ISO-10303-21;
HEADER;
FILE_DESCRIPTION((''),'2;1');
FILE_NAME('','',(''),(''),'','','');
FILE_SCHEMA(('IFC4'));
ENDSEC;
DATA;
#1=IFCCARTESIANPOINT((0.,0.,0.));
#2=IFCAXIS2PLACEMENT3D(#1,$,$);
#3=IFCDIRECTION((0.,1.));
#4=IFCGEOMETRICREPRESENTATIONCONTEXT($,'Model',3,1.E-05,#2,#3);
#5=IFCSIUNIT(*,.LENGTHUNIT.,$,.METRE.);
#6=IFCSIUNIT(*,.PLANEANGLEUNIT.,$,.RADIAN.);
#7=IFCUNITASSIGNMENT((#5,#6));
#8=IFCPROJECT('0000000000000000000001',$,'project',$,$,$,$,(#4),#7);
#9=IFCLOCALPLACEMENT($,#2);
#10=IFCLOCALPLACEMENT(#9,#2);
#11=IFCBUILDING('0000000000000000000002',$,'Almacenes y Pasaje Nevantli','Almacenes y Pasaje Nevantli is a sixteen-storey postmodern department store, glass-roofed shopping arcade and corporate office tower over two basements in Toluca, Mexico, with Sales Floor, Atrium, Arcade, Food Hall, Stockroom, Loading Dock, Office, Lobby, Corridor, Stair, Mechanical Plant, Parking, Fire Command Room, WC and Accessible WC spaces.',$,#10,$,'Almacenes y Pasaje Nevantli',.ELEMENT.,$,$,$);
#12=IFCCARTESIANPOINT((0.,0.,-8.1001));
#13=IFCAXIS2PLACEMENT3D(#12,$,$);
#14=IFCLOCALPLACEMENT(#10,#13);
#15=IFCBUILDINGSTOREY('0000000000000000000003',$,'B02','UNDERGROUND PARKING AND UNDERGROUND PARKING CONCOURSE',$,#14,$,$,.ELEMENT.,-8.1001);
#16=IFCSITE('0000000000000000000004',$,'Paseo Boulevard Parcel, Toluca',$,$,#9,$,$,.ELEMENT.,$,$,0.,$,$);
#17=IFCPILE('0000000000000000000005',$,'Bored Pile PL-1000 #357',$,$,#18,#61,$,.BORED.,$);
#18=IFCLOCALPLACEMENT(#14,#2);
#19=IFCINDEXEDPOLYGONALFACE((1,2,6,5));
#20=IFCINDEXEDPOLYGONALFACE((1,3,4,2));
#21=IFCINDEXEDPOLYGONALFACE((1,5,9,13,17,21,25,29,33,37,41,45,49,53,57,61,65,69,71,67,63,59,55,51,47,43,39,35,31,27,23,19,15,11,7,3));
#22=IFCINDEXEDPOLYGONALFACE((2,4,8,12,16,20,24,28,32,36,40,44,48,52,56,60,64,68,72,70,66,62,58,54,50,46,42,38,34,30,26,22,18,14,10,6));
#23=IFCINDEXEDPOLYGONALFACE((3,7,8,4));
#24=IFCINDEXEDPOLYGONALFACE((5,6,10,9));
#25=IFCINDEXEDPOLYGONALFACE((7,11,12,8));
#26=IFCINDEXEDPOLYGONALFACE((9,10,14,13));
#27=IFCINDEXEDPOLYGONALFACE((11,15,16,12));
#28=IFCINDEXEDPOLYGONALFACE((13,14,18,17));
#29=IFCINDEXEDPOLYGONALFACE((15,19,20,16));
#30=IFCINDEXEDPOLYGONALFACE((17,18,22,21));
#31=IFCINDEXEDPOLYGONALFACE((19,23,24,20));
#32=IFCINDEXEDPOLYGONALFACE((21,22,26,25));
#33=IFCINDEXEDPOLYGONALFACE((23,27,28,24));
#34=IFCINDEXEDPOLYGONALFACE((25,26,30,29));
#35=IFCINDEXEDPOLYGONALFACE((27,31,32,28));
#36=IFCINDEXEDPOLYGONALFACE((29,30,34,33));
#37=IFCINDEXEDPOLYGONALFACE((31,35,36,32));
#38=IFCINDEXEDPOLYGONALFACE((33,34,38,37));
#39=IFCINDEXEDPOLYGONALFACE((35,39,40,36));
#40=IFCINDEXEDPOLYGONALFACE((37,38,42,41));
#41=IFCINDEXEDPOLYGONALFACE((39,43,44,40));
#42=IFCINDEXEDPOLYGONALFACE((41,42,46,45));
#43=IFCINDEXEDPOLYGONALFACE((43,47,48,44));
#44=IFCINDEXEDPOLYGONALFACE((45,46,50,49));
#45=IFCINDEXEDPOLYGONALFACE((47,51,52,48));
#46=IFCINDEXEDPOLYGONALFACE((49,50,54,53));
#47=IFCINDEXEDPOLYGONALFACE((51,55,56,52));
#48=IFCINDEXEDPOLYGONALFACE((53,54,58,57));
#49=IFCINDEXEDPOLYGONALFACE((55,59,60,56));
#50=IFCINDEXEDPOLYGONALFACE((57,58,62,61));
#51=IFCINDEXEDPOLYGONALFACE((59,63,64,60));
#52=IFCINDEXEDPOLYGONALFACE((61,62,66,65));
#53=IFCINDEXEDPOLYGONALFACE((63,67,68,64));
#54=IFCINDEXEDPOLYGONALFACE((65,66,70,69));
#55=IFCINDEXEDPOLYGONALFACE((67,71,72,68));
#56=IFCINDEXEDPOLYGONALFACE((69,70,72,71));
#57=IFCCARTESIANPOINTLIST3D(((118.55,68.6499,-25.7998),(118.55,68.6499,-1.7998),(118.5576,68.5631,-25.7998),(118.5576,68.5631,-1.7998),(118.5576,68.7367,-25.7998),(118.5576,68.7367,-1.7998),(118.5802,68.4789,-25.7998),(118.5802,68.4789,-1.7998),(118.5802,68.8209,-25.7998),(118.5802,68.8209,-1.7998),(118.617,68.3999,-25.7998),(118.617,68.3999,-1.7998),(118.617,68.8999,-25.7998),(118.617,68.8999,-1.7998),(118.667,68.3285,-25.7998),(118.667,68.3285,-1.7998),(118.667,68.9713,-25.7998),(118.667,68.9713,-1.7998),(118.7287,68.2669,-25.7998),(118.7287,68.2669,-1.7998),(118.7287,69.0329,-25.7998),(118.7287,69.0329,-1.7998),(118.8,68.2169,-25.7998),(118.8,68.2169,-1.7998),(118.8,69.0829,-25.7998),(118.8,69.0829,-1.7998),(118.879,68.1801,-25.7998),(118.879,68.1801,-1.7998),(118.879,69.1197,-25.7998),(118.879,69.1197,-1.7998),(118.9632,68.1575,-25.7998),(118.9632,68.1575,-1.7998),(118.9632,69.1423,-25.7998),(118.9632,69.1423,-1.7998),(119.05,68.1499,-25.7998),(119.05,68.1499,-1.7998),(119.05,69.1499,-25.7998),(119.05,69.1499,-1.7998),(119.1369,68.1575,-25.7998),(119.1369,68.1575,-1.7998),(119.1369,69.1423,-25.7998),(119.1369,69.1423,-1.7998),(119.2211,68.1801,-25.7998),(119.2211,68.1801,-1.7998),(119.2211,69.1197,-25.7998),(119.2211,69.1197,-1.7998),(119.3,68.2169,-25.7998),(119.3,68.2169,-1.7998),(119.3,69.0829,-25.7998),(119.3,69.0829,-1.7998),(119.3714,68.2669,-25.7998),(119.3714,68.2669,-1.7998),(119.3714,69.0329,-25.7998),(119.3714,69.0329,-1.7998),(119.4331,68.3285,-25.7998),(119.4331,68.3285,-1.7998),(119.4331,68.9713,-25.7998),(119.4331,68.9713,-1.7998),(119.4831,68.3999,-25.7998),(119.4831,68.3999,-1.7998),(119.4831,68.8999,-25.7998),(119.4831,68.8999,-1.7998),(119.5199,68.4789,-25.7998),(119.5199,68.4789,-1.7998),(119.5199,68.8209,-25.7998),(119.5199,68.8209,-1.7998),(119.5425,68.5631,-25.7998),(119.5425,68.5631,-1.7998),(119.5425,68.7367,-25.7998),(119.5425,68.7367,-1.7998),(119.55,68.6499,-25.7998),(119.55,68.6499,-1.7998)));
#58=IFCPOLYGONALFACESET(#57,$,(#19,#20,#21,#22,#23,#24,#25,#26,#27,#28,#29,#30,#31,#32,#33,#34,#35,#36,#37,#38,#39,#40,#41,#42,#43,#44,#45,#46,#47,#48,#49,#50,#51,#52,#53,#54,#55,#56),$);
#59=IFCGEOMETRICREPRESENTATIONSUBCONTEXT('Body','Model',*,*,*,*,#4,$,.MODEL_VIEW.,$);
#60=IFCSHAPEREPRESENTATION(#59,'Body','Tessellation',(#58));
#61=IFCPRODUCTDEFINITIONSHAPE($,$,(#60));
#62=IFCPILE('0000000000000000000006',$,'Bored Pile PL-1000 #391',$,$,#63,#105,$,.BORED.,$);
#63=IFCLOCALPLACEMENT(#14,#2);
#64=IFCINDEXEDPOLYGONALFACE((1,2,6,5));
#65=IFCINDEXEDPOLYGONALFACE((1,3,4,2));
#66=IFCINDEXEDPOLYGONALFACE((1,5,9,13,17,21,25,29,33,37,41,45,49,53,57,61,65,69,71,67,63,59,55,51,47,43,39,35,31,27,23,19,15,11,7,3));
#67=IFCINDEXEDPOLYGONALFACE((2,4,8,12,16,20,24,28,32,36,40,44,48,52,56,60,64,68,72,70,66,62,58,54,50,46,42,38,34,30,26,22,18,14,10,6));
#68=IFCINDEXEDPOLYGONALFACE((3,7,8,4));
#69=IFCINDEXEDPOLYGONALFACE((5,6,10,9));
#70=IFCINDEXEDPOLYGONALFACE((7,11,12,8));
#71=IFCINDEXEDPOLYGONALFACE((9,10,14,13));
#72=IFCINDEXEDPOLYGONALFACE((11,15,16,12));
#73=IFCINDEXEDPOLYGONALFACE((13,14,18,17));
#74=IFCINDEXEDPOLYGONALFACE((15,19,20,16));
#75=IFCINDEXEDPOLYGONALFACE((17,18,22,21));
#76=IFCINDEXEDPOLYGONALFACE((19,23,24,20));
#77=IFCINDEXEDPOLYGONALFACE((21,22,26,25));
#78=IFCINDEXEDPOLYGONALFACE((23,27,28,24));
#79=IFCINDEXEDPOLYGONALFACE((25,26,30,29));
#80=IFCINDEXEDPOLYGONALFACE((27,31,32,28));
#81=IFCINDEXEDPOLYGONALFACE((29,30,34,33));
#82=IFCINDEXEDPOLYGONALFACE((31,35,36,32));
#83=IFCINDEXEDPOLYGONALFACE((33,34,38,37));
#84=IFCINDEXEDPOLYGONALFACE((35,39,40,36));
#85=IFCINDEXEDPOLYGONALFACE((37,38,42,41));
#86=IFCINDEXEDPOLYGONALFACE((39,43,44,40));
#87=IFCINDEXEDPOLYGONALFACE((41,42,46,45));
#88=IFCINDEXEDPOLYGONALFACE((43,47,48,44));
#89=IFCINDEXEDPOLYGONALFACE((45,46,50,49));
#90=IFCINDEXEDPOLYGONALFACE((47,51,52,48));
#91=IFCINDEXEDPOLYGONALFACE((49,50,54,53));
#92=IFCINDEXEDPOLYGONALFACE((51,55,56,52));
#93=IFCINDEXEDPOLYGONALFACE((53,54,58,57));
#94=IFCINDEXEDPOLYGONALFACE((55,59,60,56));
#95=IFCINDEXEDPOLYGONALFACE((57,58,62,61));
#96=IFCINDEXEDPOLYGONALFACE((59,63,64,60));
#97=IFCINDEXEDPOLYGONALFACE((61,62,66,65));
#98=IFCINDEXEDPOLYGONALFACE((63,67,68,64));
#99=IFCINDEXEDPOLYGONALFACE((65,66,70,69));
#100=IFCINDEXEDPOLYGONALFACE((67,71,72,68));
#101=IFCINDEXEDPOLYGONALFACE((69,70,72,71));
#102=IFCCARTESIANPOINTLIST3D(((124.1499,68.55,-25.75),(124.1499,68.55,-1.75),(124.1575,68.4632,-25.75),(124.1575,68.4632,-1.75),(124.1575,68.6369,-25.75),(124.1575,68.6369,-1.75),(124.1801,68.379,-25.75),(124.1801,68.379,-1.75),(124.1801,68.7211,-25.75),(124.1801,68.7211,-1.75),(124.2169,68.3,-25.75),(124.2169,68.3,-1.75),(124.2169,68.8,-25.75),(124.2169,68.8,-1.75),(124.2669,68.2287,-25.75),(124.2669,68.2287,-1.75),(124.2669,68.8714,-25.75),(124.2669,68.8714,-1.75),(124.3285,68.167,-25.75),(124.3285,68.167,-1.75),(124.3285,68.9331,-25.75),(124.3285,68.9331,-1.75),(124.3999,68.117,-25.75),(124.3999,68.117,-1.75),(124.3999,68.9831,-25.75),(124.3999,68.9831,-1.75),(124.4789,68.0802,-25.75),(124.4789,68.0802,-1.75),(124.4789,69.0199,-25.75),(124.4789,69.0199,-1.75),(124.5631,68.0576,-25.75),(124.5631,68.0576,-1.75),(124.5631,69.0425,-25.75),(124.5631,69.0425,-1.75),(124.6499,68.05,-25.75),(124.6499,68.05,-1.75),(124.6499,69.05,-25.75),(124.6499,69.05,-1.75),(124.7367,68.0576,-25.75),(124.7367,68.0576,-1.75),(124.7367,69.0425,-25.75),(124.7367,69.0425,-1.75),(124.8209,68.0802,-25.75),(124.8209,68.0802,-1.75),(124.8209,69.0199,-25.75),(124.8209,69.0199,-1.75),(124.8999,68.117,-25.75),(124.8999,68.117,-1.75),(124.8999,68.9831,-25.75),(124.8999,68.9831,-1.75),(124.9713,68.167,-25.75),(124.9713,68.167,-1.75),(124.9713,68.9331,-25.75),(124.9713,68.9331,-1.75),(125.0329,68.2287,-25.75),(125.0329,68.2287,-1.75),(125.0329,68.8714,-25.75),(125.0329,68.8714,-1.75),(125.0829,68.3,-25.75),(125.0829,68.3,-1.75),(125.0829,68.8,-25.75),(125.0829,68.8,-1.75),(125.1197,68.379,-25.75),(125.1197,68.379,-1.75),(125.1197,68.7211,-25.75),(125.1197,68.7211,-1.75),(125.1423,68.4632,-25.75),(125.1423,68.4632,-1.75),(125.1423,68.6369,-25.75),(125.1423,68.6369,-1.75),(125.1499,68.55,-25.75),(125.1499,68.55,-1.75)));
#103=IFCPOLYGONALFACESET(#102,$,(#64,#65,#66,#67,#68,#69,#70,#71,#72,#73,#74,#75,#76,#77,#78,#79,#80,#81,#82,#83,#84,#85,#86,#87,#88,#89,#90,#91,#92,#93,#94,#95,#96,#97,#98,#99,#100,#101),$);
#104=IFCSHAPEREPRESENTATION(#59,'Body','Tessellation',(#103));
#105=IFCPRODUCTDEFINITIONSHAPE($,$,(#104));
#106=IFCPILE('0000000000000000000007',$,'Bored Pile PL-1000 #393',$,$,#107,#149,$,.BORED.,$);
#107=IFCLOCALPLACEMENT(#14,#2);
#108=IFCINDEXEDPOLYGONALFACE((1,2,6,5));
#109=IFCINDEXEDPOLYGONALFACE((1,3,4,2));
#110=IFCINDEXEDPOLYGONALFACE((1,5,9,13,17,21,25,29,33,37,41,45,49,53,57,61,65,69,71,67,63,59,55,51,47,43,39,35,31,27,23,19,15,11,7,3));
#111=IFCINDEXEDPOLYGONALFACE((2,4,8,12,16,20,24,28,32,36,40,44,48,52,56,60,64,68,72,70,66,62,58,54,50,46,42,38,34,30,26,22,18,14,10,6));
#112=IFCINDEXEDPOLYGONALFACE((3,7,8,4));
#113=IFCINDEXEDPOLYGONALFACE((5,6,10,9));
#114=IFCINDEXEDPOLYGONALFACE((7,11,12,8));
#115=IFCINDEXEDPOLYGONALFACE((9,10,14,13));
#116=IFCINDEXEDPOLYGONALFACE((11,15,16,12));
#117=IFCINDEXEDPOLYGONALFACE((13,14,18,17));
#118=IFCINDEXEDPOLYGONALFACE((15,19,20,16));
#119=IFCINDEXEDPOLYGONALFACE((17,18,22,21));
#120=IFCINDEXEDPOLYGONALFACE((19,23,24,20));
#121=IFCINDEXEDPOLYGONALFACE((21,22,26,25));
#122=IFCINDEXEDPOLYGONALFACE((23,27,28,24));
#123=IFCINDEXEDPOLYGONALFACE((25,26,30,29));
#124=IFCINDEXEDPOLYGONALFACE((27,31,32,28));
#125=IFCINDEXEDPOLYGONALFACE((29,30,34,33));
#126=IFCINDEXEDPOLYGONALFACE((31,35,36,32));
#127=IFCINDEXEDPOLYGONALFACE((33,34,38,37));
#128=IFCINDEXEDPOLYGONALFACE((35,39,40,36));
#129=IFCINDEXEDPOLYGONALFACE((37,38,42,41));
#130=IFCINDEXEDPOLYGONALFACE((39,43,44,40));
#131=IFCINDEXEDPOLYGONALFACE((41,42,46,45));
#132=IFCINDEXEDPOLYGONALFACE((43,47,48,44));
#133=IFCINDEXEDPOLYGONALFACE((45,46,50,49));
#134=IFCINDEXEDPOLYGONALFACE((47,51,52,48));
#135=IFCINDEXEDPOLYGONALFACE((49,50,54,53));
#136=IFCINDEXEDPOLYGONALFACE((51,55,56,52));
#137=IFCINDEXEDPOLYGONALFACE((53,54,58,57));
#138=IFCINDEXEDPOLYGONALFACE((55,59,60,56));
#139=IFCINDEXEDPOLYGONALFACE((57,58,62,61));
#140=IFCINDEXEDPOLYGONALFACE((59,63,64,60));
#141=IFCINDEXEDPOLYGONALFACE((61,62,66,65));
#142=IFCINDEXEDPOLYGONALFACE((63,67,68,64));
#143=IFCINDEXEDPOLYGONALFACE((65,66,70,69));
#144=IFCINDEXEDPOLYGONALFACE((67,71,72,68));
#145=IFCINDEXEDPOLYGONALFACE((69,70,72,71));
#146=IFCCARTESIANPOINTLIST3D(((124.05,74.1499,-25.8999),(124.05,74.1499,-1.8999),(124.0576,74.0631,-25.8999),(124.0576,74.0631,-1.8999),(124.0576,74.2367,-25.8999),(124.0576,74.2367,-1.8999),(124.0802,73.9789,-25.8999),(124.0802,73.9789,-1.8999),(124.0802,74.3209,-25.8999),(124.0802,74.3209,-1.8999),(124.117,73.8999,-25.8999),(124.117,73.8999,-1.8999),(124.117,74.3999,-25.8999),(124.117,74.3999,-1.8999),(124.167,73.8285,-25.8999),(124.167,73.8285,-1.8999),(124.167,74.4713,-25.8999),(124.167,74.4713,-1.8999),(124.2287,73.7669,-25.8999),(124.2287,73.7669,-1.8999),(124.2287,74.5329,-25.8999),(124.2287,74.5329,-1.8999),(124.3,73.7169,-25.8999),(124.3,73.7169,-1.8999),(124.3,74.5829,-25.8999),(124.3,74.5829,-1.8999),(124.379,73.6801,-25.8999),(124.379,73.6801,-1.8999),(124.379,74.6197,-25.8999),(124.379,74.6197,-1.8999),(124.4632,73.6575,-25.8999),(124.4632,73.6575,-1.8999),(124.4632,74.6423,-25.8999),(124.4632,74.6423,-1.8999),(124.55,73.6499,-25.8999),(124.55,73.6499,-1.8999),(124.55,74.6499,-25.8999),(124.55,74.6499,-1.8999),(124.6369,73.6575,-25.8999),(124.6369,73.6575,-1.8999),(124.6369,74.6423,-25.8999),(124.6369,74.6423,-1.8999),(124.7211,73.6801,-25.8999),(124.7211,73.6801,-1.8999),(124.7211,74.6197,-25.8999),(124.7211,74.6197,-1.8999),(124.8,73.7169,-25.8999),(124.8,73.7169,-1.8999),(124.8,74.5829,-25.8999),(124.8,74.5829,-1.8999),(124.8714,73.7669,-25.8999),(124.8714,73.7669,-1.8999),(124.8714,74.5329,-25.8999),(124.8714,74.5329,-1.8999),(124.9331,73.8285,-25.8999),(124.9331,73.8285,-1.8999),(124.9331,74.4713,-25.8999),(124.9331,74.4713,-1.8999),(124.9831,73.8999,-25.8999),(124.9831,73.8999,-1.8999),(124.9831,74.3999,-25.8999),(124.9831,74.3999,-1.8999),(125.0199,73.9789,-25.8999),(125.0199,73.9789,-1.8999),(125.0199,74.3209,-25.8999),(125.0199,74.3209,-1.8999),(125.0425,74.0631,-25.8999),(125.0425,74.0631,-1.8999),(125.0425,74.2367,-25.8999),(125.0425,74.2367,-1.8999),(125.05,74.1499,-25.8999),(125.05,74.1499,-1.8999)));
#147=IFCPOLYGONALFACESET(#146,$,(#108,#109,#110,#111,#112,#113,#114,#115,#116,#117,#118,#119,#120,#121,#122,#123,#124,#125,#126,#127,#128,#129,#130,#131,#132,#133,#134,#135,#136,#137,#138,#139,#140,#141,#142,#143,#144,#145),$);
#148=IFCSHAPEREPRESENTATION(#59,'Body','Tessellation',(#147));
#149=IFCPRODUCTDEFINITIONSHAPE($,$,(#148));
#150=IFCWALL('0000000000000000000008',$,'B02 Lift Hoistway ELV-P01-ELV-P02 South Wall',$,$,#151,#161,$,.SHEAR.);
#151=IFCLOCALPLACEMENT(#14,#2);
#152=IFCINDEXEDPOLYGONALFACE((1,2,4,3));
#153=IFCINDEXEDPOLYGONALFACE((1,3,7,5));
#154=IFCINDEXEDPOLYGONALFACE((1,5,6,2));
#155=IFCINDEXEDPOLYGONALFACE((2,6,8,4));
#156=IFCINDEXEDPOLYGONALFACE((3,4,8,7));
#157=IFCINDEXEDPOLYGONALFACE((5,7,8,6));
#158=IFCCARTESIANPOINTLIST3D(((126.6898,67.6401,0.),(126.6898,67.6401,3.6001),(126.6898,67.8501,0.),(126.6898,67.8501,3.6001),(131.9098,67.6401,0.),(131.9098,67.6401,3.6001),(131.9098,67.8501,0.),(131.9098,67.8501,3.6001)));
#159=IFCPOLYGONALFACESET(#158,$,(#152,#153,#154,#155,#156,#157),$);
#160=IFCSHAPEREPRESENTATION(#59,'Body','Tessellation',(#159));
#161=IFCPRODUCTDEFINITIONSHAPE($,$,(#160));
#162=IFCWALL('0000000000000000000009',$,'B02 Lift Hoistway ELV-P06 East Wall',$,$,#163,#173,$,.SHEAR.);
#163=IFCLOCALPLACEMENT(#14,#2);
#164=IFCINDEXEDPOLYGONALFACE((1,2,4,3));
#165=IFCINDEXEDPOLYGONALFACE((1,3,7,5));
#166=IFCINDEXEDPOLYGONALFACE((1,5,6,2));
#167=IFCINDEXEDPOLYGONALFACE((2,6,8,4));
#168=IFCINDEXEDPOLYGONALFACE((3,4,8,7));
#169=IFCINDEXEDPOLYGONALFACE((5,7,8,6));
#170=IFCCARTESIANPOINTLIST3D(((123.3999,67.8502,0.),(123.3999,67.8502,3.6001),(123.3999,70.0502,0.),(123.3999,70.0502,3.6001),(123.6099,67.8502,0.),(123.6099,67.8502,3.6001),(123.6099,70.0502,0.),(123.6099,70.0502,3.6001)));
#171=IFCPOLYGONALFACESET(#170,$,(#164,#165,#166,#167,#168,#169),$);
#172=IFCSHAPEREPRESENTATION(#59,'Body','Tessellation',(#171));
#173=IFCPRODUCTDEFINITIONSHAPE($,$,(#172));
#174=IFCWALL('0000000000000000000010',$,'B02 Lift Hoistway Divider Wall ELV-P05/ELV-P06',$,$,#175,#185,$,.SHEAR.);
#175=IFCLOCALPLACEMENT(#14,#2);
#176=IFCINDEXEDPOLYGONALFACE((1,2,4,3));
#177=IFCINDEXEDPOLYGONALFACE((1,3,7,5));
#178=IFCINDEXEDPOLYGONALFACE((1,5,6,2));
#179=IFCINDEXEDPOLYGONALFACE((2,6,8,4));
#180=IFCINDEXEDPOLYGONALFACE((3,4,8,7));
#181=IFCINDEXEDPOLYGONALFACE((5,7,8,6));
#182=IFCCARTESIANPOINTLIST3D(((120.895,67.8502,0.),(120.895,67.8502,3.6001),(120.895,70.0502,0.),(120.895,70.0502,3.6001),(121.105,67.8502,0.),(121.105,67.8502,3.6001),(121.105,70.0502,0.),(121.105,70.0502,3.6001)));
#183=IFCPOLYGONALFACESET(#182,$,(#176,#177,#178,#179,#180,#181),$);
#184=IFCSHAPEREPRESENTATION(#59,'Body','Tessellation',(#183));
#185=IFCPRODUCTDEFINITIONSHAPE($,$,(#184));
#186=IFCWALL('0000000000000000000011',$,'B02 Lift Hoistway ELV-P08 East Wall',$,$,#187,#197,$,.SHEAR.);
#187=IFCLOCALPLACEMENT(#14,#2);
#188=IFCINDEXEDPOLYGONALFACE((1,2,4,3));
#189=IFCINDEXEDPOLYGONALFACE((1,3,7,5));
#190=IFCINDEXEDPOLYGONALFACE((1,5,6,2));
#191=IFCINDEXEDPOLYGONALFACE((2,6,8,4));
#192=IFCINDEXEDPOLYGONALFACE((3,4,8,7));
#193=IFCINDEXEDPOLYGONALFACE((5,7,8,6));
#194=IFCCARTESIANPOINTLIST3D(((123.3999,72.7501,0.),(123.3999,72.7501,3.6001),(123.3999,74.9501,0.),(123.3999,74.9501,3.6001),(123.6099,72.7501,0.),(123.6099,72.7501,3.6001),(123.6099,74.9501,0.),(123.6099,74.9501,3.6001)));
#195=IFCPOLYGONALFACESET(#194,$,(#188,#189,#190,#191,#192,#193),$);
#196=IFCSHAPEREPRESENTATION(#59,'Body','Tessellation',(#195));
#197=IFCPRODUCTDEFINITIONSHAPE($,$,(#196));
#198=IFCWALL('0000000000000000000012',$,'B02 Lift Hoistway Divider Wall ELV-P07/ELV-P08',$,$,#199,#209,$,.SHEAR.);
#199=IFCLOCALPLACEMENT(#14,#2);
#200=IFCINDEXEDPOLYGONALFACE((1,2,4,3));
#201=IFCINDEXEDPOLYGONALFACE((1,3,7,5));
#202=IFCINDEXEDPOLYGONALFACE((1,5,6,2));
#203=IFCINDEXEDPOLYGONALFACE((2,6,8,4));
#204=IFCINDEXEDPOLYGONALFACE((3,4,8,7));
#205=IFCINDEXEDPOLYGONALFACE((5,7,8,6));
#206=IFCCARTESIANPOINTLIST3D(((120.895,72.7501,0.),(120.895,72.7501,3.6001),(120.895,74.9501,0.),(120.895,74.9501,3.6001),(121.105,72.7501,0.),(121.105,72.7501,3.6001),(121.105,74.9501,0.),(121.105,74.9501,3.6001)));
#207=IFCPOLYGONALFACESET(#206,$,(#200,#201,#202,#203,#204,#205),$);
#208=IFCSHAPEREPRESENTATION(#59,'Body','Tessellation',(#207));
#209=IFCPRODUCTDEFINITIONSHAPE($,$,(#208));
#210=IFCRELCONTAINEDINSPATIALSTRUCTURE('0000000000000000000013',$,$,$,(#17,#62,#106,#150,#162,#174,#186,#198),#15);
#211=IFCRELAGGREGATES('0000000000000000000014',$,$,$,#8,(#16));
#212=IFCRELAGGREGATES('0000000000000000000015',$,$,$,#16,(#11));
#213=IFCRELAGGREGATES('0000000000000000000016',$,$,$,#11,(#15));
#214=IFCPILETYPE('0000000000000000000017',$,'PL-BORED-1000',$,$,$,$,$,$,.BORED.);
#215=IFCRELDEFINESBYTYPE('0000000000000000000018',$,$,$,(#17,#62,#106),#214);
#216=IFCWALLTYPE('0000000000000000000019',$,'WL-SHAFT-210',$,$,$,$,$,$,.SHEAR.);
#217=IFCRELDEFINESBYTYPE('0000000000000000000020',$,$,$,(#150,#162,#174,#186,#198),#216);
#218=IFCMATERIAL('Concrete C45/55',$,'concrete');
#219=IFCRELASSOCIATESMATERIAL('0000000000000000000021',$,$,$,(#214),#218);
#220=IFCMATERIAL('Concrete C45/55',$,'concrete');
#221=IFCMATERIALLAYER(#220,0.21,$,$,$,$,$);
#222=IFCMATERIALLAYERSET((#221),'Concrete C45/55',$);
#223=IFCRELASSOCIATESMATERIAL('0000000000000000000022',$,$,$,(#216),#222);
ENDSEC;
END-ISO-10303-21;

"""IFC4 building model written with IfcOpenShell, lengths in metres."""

from ifc_helpers import new_model, si_unit, direction, frame, frame_2d, origin, origin_2d, place, context, subcontext, project, spatial, rectangle, circle, extrude, material, layer, layer_set, material_profile, profile_set, type_object, element, save


model = new_model("IFC4")

# Units and contexts
model_context = context("Model", 3, precision=1e-05, world=origin(), true_north=direction((0.0, 1.0)))
body_context = subcontext(model_context, "Body", "Model", "MODEL_VIEW")
ifc_project = project(units=[si_unit("LENGTHUNIT", "METRE"), si_unit("PLANEANGLEUNIT", "RADIAN")], contexts=[model_context])

# Site, building, storey
site_placement = place(None, origin())
site = spatial("IfcSite", under=ifc_project, at=site_placement, Name="Paseo Boulevard Parcel, Toluca", CompositionType="ELEMENT", RefElevation=0.0)
building_placement = place(site_placement, origin())
building = spatial("IfcBuilding", under=site, at=building_placement, Name="Almacenes y Pasaje Nevantli", Description="Almacenes y Pasaje Nevantli is a sixteen-storey postmodern department store, glass-roofed shopping arcade and corporate office tower over two basements in Toluca, Mexico, with Sales Floor, Atrium, Arcade, Food Hall, Stockroom, Loading Dock, Office, Lobby, Corridor, Stair, Mechanical Plant, Parking, Fire Command Room, WC and Accessible WC spaces.", LongName="Almacenes y Pasaje Nevantli", CompositionType="ELEMENT")
storey_placement = place(building_placement, frame((0.0, 0.0, -8.1001)))
storey = spatial("IfcBuildingStorey", under=building, at=storey_placement, Name="B02", Description="UNDERGROUND PARKING AND UNDERGROUND PARKING CONCOURSE", CompositionType="ELEMENT", Elevation=-8.1001)

# Piles
ifc_material_1 = material(Name="Concrete C45/55", Category="concrete")
ifc_material_profile = material_profile(ifc_material_1, circle(Radius=0.5, at=origin_2d()), Name="RC-PILE-D1000")
ifc_profile_set = profile_set([ifc_material_profile], Name="Concrete C45/55")
pile_type = type_object("IfcPileType", Name="PL-BORED-1000", PredefinedType="BORED", material=ifc_profile_set)
for number, where, z_axis, x_axis, name in (
    (1, (119.05, 68.6499, -1.7998), (0.0, 0.0, -1.0), (1.0, 0.0, 0.0), "Bored Pile PL-1000 #357"),
    (2, (124.6499, 68.55, -1.75), (0.0, 0.0, -1.0), (1.0, 0.0, 0.0), "Bored Pile PL-1000 #391"),
    (3, (124.55, 74.1499, -1.8999), (0.0, 0.0, -1.0), (1.0, 0.0, 0.0), "Bored Pile PL-1000 #393"),
):
    element("IfcPile", number, at=place(storey_placement, frame(where, z_axis=z_axis, x_axis=x_axis)), inside=storey, type_object=pile_type, Name=name, PredefinedType="BORED", context=body_context, shape_type="SweptSolid", body=[
        extrude(circle(Radius=0.5, at=origin_2d()), origin(), (0.0, 0.0, 1.0), 24.0),
    ])

# Walls
ifc_material_2 = material(Name="Concrete C45/55", Category="concrete")
ifc_layer_1 = layer(ifc_material_2, 0.21)
ifc_layer_set_1 = layer_set([ifc_layer_1], Name="Concrete C45/55")
wall_type = type_object("IfcWallType", Name="WL-SHAFT-210", PredefinedType="SHEAR", material=ifc_layer_set_1)
wall_placement = place(storey_placement, frame((126.6899, 67.7451, 0.0), z_axis=(0.0, 0.0, 1.0), x_axis=(1.0, 0.0, 0.0)))
element("IfcWall", 4, at=wall_placement, inside=storey, type_object=wall_type, Name="B02 Lift Hoistway ELV-P01-ELV-P02 South Wall", PredefinedType="SHEAR", context=body_context, shape_type="SweptSolid", body=[
    extrude(rectangle(XDim=5.22, YDim=0.21, at=frame_2d((2.6099, 0.0))), origin(), (0.0, 0.0, 1.0), 3.6001),
])
for number, where, z_axis, x_axis, name in (
    (5, (123.5049, 67.8501, 0.0), (0.0, 0.0, 1.0), (0.0, 1.0, 0.0), "B02 Lift Hoistway ELV-P06 East Wall"),
    (6, (121.0, 67.8501, 0.0), (0.0, 0.0, 1.0), (0.0, 1.0, 0.0), "B02 Lift Hoistway Divider Wall ELV-P05/ELV-P06"),
    (7, (123.5049, 72.75, 0.0), (0.0, 0.0, 1.0), (0.0, 1.0, 0.0), "B02 Lift Hoistway ELV-P08 East Wall"),
    (8, (121.0, 72.75, 0.0), (0.0, 0.0, 1.0), (0.0, 1.0, 0.0), "B02 Lift Hoistway Divider Wall ELV-P07/ELV-P08"),
):
    element("IfcWall", number, at=place(storey_placement, frame(where, z_axis=z_axis, x_axis=x_axis)), inside=storey, type_object=wall_type, Name=name, PredefinedType="SHEAR", context=body_context, shape_type="SweptSolid", body=[
        extrude(rectangle(XDim=2.2, YDim=0.21, at=frame_2d((1.1001, 0.0))), origin(), (0.0, 0.0, 1.0), 3.6001),
    ])

save(model, "model.ifc")
